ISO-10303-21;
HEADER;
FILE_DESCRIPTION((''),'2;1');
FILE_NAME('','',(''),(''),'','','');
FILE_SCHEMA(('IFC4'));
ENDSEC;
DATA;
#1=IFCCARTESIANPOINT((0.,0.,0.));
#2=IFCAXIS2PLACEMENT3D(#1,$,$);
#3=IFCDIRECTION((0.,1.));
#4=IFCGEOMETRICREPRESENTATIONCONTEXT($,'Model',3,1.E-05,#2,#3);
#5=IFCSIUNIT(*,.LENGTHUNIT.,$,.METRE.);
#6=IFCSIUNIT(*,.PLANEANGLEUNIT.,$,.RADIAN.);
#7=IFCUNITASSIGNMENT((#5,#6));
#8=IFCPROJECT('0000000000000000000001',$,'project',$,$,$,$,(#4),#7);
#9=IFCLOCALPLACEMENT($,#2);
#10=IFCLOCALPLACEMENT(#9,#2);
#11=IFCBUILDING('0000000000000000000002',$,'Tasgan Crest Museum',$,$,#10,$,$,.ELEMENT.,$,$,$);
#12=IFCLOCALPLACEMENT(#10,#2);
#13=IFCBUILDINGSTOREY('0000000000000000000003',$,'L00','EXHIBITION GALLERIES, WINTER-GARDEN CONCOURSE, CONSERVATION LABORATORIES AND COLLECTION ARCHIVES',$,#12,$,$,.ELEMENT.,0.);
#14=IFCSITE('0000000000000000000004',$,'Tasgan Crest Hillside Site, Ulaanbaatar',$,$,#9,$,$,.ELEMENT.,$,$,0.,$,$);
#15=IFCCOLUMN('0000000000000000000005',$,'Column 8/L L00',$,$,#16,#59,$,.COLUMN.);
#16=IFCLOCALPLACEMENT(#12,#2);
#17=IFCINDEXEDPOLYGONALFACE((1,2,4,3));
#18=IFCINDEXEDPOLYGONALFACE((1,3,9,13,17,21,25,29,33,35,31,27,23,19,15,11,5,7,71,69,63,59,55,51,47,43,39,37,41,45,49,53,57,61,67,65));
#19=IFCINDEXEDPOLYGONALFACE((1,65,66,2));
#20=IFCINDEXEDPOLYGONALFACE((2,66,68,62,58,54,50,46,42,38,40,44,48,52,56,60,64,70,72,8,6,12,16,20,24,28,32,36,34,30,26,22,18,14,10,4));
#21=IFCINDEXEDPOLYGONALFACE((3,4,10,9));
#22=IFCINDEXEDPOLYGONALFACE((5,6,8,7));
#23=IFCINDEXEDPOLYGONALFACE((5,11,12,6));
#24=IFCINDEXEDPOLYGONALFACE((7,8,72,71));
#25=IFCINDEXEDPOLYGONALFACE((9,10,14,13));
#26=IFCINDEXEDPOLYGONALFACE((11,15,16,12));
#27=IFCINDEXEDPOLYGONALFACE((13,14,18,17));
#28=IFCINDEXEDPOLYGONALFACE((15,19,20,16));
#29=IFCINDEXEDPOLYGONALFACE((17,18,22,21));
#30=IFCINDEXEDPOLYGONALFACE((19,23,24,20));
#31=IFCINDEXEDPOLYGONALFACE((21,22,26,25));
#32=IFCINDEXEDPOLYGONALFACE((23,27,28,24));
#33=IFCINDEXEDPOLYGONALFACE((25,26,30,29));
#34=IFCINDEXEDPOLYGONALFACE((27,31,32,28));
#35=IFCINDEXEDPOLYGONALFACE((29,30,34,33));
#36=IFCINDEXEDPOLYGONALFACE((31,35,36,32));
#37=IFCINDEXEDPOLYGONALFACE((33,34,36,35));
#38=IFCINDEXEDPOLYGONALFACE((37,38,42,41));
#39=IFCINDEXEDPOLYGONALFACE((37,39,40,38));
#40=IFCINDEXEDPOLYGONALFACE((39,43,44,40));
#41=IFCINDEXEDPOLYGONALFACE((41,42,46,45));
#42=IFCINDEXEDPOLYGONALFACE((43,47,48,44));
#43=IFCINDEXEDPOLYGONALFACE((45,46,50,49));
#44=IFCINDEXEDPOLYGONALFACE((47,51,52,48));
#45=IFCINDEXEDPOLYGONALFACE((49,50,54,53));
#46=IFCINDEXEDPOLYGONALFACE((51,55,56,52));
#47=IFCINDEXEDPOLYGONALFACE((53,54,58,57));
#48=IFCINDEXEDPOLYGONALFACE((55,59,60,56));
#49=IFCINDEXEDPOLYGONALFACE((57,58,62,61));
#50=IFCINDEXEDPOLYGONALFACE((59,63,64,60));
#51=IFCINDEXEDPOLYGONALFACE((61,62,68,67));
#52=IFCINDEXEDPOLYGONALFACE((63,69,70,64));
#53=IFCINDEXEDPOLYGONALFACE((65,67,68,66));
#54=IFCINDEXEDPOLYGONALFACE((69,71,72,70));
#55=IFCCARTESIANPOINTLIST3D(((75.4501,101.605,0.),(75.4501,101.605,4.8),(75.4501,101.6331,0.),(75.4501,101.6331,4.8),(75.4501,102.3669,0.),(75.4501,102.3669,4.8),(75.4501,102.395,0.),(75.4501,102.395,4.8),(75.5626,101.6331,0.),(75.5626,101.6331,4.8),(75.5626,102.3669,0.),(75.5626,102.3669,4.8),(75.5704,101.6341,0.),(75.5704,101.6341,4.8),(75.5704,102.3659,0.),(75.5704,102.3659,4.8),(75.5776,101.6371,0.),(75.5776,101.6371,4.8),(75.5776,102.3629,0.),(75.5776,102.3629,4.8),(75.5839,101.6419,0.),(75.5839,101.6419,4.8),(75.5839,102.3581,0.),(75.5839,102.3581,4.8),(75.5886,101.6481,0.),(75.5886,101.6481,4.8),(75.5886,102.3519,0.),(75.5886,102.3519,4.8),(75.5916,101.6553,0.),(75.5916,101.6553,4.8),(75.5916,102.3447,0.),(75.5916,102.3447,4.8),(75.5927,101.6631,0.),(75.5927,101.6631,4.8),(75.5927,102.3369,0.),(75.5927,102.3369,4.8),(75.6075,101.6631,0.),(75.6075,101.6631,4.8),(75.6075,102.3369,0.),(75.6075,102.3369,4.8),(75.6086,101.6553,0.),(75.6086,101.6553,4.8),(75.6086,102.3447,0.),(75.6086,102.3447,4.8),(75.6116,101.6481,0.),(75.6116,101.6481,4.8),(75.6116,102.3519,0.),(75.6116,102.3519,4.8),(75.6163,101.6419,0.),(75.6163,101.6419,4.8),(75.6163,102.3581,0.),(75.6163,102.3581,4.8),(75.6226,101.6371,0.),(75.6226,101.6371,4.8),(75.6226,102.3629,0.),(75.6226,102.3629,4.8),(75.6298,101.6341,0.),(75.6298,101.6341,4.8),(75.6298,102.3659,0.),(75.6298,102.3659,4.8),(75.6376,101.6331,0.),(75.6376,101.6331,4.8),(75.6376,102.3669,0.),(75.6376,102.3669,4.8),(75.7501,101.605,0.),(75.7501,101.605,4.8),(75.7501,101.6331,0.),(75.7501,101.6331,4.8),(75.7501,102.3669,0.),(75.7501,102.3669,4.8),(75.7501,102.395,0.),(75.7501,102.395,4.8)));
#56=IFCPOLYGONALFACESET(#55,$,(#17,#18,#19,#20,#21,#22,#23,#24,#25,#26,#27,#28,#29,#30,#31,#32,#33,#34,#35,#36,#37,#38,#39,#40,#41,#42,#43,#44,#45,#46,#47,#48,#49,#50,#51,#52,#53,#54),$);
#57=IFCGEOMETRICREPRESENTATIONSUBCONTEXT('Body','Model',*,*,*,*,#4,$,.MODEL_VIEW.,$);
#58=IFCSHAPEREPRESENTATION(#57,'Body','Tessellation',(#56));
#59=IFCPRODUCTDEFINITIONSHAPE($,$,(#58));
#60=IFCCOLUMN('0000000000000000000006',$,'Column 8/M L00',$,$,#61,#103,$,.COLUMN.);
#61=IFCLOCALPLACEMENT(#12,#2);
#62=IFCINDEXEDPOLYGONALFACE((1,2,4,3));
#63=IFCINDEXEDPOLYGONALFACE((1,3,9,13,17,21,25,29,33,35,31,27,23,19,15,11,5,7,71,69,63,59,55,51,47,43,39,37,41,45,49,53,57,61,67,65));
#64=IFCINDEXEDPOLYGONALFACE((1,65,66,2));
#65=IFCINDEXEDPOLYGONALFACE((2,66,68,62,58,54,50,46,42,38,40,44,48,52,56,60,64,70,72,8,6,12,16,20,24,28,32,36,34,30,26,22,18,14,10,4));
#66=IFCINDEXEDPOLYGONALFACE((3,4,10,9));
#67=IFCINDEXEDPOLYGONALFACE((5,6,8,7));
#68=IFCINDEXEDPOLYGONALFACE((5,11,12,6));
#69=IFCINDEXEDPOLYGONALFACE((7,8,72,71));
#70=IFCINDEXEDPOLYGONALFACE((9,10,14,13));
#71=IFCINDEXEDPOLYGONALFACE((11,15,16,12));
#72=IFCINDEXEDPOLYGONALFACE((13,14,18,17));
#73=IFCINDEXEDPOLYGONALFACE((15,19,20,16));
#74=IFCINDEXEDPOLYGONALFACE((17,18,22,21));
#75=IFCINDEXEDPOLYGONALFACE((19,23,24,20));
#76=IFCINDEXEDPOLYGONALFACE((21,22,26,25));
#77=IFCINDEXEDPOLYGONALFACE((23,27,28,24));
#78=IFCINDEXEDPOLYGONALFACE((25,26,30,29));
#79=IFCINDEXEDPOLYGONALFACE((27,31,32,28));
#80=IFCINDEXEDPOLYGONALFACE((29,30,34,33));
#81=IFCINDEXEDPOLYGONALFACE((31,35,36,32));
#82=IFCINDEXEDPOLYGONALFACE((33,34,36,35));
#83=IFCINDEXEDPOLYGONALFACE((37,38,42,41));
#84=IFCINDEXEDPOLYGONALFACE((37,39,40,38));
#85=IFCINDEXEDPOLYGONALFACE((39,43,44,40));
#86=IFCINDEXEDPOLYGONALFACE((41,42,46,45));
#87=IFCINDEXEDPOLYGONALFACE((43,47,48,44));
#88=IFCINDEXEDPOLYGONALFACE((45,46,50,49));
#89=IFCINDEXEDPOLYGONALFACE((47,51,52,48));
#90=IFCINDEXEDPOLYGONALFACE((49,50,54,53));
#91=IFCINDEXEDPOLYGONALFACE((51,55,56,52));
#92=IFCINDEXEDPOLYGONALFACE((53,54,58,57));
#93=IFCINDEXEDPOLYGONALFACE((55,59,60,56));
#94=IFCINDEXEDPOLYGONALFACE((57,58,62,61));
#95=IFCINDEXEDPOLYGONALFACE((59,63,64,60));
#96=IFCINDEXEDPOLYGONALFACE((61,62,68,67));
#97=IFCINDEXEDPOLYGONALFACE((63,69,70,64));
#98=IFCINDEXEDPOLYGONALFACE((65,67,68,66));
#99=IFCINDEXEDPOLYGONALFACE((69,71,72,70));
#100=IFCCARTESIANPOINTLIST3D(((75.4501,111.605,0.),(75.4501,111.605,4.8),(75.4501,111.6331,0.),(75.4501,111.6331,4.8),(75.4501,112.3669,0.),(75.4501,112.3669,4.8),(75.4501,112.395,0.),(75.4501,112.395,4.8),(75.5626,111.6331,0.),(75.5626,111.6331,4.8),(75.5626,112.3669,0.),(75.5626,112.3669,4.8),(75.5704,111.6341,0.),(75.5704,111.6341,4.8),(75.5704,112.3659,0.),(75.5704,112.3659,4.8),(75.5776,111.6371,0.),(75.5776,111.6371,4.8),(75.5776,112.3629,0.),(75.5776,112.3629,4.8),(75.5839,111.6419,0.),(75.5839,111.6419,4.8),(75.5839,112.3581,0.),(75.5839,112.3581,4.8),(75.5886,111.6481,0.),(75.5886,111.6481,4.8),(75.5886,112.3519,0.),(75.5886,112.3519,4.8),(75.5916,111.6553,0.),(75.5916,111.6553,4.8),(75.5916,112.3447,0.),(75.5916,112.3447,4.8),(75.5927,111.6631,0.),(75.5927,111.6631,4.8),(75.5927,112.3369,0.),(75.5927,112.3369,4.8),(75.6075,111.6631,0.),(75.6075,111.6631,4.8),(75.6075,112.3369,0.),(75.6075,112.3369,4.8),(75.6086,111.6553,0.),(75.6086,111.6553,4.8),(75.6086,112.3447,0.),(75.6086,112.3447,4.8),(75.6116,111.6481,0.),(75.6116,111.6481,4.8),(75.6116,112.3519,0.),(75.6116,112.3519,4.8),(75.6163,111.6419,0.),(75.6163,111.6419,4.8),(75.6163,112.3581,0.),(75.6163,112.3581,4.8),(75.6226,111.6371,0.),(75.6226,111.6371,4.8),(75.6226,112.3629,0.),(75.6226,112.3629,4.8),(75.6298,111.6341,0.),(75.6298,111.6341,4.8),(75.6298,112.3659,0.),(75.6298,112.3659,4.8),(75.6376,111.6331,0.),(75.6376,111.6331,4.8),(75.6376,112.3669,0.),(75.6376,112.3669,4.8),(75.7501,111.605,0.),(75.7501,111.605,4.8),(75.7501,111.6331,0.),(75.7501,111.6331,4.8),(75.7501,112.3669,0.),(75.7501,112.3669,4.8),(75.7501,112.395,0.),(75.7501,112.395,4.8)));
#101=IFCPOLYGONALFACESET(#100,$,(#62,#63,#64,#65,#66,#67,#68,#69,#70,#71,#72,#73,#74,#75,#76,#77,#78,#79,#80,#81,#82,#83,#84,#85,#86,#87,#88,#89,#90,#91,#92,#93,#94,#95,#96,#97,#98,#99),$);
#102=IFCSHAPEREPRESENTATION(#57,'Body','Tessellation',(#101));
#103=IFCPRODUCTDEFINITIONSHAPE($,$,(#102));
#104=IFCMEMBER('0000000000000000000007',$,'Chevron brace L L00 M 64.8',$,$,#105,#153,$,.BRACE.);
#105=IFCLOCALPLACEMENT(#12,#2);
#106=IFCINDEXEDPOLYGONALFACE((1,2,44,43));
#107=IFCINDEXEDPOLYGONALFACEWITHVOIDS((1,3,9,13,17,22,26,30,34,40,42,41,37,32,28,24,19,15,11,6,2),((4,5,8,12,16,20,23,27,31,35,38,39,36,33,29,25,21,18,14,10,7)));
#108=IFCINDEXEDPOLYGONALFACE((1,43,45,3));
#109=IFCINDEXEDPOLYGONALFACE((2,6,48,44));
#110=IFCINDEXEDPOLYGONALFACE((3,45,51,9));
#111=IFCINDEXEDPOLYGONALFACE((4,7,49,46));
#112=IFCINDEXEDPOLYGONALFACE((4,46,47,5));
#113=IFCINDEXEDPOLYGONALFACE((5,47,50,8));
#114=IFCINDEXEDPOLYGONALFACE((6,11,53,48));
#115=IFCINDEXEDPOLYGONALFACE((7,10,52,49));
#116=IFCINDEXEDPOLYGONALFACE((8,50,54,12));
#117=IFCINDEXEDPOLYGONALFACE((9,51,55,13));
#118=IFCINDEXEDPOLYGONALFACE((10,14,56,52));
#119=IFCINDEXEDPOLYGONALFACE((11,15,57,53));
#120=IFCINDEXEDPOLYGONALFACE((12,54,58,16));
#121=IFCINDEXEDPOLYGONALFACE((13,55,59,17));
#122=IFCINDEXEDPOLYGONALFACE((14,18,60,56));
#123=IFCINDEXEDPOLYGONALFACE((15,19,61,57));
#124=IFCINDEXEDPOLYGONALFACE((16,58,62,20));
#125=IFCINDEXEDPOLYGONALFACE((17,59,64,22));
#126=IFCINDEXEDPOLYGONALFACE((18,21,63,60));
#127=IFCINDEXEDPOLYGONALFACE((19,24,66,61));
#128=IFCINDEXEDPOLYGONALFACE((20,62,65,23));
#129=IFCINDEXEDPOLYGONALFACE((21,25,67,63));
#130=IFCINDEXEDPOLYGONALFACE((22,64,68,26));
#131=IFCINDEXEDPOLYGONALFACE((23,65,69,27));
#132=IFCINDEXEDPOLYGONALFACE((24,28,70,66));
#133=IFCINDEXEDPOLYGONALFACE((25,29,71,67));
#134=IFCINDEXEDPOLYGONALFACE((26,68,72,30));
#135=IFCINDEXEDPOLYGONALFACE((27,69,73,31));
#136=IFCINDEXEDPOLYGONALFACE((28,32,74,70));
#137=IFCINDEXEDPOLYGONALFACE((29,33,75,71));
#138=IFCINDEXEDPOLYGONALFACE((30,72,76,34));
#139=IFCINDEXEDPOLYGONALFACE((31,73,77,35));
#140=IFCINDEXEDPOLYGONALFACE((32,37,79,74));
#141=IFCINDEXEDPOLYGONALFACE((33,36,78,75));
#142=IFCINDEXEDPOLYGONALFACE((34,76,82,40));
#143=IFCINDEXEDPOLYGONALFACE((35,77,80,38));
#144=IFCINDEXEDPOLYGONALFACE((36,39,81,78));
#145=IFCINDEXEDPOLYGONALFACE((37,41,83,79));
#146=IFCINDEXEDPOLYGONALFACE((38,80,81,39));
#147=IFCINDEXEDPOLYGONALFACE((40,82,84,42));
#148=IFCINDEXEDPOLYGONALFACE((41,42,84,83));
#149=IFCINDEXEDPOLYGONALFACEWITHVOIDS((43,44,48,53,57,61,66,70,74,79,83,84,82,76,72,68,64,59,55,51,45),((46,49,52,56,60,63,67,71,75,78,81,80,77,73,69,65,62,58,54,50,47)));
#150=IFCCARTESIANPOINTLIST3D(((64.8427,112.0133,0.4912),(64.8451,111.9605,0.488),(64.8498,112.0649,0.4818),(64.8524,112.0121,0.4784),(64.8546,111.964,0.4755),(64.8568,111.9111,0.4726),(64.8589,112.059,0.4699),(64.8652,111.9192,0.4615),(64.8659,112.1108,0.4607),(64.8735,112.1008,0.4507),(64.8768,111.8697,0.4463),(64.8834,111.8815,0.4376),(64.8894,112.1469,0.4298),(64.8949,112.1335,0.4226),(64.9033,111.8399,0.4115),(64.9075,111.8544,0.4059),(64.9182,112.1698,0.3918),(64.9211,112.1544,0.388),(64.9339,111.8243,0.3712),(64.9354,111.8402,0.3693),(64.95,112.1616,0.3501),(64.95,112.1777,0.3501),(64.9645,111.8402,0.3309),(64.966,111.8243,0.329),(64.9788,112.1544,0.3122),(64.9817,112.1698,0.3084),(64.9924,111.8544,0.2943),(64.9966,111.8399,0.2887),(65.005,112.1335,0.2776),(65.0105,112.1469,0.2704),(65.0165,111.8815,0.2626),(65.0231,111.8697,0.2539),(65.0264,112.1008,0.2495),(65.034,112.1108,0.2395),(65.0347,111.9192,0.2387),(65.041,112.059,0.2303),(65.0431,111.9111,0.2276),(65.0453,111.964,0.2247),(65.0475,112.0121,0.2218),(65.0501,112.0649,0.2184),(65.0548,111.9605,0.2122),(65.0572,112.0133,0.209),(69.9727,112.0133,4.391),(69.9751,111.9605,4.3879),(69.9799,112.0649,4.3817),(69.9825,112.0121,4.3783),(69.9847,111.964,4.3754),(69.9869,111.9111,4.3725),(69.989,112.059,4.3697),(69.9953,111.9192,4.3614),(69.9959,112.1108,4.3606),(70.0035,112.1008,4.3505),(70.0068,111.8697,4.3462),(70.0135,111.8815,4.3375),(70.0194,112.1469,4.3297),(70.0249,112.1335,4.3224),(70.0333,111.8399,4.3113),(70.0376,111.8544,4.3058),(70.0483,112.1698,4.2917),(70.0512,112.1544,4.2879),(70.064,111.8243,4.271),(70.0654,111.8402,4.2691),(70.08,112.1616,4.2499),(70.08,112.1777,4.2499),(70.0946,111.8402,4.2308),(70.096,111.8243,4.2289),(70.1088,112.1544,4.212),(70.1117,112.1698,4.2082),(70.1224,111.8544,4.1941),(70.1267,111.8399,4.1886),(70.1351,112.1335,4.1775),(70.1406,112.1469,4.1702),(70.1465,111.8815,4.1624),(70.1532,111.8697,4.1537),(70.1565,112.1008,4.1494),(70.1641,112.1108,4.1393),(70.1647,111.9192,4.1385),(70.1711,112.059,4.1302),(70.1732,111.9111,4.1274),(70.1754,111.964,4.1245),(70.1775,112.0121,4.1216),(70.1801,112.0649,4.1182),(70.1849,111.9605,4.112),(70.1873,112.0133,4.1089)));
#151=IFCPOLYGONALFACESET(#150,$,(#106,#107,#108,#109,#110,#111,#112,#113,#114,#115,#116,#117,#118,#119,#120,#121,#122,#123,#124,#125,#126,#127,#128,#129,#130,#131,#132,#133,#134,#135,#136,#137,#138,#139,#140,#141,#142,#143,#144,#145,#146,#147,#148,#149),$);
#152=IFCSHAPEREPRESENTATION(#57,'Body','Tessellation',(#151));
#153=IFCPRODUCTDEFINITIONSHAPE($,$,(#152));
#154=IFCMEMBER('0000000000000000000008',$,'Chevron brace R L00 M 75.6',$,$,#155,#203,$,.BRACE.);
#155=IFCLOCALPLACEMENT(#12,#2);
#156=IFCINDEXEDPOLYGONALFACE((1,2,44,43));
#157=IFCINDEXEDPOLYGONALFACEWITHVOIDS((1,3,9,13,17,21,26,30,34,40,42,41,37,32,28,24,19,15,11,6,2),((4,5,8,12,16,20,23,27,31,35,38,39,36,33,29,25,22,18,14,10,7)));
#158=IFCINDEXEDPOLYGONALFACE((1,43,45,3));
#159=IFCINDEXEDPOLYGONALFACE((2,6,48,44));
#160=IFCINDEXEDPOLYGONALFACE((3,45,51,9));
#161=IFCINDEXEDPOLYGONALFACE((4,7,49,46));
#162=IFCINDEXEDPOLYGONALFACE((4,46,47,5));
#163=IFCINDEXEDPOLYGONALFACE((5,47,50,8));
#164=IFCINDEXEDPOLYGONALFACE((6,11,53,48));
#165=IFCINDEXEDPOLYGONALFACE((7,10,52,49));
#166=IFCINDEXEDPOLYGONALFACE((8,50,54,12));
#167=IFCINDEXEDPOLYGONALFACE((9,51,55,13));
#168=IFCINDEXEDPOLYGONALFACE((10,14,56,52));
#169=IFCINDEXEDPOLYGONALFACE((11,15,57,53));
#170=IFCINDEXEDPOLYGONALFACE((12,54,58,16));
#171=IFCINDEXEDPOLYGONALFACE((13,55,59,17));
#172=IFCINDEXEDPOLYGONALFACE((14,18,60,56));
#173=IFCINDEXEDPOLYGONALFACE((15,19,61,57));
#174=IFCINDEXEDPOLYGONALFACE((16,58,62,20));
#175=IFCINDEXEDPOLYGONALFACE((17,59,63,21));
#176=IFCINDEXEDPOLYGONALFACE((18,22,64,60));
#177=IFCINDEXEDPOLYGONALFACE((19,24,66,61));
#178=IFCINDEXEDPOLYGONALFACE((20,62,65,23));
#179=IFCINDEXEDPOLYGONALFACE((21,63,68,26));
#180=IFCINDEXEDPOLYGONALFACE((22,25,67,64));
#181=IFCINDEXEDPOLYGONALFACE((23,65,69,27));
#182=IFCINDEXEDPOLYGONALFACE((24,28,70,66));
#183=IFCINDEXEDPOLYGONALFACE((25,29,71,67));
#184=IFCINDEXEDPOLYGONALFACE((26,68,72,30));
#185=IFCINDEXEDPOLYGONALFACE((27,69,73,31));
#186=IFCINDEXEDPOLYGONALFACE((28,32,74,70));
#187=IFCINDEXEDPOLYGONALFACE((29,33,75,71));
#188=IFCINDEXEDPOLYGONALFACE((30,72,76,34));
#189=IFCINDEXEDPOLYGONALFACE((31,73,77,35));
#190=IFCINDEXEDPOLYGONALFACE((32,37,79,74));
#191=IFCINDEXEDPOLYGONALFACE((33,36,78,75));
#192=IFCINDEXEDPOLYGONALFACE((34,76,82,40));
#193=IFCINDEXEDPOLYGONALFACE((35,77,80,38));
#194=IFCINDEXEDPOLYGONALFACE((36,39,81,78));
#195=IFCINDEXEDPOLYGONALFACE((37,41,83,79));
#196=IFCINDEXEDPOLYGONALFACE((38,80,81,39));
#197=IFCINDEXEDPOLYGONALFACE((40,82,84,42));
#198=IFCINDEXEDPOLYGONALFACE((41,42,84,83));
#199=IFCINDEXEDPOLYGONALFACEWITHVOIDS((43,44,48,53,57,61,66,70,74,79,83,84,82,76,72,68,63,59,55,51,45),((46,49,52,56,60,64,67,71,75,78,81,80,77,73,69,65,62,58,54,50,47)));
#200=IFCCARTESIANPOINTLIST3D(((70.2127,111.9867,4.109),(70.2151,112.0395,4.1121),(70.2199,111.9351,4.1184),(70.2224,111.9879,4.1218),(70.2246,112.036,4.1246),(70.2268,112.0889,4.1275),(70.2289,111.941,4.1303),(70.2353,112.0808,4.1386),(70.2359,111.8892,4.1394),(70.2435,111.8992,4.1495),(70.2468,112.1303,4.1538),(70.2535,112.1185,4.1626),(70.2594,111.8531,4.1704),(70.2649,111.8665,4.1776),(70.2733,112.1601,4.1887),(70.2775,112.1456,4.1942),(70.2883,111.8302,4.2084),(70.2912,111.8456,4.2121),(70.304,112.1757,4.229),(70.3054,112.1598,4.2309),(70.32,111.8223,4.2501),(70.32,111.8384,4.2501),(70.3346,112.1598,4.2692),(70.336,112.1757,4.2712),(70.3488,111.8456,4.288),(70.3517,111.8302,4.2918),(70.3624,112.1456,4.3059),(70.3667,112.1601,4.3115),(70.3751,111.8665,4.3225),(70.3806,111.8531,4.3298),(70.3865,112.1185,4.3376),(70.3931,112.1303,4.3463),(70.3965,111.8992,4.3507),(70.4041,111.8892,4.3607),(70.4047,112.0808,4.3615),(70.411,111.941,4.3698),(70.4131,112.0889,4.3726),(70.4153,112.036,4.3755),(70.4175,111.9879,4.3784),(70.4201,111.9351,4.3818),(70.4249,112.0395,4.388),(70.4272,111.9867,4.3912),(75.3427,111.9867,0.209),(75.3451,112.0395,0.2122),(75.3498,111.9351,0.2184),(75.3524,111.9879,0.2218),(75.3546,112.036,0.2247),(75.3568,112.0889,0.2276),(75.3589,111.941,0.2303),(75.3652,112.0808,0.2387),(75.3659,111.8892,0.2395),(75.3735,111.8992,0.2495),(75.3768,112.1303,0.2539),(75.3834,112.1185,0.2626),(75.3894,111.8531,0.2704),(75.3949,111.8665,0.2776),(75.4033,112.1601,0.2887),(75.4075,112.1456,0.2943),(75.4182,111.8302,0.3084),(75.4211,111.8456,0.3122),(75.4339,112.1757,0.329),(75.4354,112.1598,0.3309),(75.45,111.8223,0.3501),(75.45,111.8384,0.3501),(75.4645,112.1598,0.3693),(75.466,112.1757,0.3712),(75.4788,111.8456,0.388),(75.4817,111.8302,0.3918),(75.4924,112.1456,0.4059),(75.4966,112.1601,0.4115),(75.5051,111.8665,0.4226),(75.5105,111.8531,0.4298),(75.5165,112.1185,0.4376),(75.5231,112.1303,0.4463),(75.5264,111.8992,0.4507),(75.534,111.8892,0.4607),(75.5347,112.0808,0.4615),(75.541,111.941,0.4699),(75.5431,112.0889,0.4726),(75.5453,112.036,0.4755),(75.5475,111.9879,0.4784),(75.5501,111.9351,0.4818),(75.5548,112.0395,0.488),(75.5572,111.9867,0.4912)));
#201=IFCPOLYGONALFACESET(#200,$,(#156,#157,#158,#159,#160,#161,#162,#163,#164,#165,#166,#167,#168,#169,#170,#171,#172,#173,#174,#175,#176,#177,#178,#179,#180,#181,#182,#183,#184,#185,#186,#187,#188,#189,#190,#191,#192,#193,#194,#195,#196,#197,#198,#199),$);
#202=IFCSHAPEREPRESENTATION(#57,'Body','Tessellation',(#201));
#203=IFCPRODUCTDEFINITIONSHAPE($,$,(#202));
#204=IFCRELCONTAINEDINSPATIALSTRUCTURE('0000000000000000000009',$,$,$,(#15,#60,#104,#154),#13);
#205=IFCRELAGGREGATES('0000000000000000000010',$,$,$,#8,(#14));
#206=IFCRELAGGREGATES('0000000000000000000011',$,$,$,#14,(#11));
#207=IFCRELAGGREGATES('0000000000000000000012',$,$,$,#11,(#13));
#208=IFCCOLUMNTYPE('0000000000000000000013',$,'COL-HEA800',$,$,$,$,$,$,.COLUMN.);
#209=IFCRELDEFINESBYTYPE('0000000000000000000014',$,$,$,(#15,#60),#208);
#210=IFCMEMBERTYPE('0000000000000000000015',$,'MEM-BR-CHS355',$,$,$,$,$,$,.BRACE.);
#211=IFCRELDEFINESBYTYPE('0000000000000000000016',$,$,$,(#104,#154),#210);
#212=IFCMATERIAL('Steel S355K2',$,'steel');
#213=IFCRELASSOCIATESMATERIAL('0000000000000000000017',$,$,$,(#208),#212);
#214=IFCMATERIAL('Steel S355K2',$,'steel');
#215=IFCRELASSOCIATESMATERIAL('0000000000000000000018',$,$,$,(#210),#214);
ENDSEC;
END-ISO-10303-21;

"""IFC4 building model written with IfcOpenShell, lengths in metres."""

from ifc_helpers import new_model, si_unit, direction, frame, origin, origin_2d, place, context, subcontext, project, spatial, hollow_circle, i_section, extrude, material, material_profile, profile_set, type_object, element, save


model = new_model("IFC4")

# Units and contexts
model_context = context("Model", 3, precision=1e-05, world=origin(), true_north=direction((0.0, 1.0)))
body_context = subcontext(model_context, "Body", "Model", "MODEL_VIEW")
ifc_project = project(units=[si_unit("LENGTHUNIT", "METRE"), si_unit("PLANEANGLEUNIT", "RADIAN")], contexts=[model_context])

# Site, building, storey
site_placement = place(None, origin())
site = spatial("IfcSite", under=ifc_project, at=site_placement, Name="Tasgan Crest Hillside Site, Ulaanbaatar", CompositionType="ELEMENT", RefElevation=0.0)
building_placement = place(site_placement, origin())
building = spatial("IfcBuilding", under=site, at=building_placement, Name="Tasgan Crest Museum", CompositionType="ELEMENT")
storey_placement = place(building_placement, origin())
storey = spatial("IfcBuildingStorey", under=building, at=storey_placement, Name="L00", Description="EXHIBITION GALLERIES, WINTER-GARDEN CONCOURSE, CONSERVATION LABORATORIES AND COLLECTION ARCHIVES", CompositionType="ELEMENT", Elevation=0.0)

# Columns
ifc_material_1 = material(Name="Steel S355K2", Category="steel")
ifc_material_profile_1 = material_profile(ifc_material_1, i_section(OverallWidth=0.3, OverallDepth=0.79, WebThickness=0.0149, FlangeThickness=0.0281, FilletRadius=0.03, at=origin_2d()), Name="HEA 800")
ifc_profile_set_1 = profile_set([ifc_material_profile_1], Name="Steel S355K2")
column_type = type_object("IfcColumnType", Name="COL-HEA800", PredefinedType="COLUMN", material=ifc_profile_set_1)
for number, where, z_axis, x_axis, name in (
    (1, (75.6001, 102.0, 0.0), (0.0, 0.0, 1.0), (1.0, 0.0, 0.0), "Column 8/L L00"),
    (2, (75.6001, 112.0, 0.0), (0.0, 0.0, 1.0), (1.0, 0.0, 0.0), "Column 8/M L00"),
):
    element("IfcColumn", number, at=place(storey_placement, frame(where, z_axis=z_axis, x_axis=x_axis)), inside=storey, type_object=column_type, Name=name, PredefinedType="COLUMN", context=body_context, shape_type="SweptSolid", body=[
        extrude(i_section(OverallWidth=0.3, OverallDepth=0.79, WebThickness=0.0149, FlangeThickness=0.0281, FilletRadius=0.03, at=origin_2d()), origin(), (0.0, 0.0, 1.0), 4.8),
    ])

# Members
ifc_material_2 = material(Name="Steel S355K2", Category="steel")
ifc_material_profile_2 = material_profile(ifc_material_2, hollow_circle(Radius=0.1777, WallThickness=0.0161, at=origin_2d()), Name="CHS 355.6x16")
ifc_profile_set_2 = profile_set([ifc_material_profile_2], Name="Steel S355K2")
member_type = type_object("IfcMemberType", Name="MEM-BR-CHS355", PredefinedType="BRACE", material=ifc_profile_set_2)
for number, where, z_axis, x_axis, name in (
    (3, (64.95, 112.0, 0.3501), (0.796087, 0.0, 0.605182), (0.0, 1.0, 0.0), "Chevron brace L L00 M 64.8"),
    (4, (75.45, 112.0, 0.3501), (-0.796073, 0.0, 0.6052), (0.0, -1.0, 0.0), "Chevron brace R L00 M 75.6"),
):
    element("IfcMember", number, at=place(storey_placement, frame(where, z_axis=z_axis, x_axis=x_axis)), inside=storey, type_object=member_type, Name=name, PredefinedType="BRACE", context=body_context, shape_type="SweptSolid", body=[
        extrude(hollow_circle(Radius=0.1777, WallThickness=0.0161, at=origin_2d()), origin(), (0.0, 0.0, 1.0), 6.4441),
    ])

save(model, "model.ifc")
